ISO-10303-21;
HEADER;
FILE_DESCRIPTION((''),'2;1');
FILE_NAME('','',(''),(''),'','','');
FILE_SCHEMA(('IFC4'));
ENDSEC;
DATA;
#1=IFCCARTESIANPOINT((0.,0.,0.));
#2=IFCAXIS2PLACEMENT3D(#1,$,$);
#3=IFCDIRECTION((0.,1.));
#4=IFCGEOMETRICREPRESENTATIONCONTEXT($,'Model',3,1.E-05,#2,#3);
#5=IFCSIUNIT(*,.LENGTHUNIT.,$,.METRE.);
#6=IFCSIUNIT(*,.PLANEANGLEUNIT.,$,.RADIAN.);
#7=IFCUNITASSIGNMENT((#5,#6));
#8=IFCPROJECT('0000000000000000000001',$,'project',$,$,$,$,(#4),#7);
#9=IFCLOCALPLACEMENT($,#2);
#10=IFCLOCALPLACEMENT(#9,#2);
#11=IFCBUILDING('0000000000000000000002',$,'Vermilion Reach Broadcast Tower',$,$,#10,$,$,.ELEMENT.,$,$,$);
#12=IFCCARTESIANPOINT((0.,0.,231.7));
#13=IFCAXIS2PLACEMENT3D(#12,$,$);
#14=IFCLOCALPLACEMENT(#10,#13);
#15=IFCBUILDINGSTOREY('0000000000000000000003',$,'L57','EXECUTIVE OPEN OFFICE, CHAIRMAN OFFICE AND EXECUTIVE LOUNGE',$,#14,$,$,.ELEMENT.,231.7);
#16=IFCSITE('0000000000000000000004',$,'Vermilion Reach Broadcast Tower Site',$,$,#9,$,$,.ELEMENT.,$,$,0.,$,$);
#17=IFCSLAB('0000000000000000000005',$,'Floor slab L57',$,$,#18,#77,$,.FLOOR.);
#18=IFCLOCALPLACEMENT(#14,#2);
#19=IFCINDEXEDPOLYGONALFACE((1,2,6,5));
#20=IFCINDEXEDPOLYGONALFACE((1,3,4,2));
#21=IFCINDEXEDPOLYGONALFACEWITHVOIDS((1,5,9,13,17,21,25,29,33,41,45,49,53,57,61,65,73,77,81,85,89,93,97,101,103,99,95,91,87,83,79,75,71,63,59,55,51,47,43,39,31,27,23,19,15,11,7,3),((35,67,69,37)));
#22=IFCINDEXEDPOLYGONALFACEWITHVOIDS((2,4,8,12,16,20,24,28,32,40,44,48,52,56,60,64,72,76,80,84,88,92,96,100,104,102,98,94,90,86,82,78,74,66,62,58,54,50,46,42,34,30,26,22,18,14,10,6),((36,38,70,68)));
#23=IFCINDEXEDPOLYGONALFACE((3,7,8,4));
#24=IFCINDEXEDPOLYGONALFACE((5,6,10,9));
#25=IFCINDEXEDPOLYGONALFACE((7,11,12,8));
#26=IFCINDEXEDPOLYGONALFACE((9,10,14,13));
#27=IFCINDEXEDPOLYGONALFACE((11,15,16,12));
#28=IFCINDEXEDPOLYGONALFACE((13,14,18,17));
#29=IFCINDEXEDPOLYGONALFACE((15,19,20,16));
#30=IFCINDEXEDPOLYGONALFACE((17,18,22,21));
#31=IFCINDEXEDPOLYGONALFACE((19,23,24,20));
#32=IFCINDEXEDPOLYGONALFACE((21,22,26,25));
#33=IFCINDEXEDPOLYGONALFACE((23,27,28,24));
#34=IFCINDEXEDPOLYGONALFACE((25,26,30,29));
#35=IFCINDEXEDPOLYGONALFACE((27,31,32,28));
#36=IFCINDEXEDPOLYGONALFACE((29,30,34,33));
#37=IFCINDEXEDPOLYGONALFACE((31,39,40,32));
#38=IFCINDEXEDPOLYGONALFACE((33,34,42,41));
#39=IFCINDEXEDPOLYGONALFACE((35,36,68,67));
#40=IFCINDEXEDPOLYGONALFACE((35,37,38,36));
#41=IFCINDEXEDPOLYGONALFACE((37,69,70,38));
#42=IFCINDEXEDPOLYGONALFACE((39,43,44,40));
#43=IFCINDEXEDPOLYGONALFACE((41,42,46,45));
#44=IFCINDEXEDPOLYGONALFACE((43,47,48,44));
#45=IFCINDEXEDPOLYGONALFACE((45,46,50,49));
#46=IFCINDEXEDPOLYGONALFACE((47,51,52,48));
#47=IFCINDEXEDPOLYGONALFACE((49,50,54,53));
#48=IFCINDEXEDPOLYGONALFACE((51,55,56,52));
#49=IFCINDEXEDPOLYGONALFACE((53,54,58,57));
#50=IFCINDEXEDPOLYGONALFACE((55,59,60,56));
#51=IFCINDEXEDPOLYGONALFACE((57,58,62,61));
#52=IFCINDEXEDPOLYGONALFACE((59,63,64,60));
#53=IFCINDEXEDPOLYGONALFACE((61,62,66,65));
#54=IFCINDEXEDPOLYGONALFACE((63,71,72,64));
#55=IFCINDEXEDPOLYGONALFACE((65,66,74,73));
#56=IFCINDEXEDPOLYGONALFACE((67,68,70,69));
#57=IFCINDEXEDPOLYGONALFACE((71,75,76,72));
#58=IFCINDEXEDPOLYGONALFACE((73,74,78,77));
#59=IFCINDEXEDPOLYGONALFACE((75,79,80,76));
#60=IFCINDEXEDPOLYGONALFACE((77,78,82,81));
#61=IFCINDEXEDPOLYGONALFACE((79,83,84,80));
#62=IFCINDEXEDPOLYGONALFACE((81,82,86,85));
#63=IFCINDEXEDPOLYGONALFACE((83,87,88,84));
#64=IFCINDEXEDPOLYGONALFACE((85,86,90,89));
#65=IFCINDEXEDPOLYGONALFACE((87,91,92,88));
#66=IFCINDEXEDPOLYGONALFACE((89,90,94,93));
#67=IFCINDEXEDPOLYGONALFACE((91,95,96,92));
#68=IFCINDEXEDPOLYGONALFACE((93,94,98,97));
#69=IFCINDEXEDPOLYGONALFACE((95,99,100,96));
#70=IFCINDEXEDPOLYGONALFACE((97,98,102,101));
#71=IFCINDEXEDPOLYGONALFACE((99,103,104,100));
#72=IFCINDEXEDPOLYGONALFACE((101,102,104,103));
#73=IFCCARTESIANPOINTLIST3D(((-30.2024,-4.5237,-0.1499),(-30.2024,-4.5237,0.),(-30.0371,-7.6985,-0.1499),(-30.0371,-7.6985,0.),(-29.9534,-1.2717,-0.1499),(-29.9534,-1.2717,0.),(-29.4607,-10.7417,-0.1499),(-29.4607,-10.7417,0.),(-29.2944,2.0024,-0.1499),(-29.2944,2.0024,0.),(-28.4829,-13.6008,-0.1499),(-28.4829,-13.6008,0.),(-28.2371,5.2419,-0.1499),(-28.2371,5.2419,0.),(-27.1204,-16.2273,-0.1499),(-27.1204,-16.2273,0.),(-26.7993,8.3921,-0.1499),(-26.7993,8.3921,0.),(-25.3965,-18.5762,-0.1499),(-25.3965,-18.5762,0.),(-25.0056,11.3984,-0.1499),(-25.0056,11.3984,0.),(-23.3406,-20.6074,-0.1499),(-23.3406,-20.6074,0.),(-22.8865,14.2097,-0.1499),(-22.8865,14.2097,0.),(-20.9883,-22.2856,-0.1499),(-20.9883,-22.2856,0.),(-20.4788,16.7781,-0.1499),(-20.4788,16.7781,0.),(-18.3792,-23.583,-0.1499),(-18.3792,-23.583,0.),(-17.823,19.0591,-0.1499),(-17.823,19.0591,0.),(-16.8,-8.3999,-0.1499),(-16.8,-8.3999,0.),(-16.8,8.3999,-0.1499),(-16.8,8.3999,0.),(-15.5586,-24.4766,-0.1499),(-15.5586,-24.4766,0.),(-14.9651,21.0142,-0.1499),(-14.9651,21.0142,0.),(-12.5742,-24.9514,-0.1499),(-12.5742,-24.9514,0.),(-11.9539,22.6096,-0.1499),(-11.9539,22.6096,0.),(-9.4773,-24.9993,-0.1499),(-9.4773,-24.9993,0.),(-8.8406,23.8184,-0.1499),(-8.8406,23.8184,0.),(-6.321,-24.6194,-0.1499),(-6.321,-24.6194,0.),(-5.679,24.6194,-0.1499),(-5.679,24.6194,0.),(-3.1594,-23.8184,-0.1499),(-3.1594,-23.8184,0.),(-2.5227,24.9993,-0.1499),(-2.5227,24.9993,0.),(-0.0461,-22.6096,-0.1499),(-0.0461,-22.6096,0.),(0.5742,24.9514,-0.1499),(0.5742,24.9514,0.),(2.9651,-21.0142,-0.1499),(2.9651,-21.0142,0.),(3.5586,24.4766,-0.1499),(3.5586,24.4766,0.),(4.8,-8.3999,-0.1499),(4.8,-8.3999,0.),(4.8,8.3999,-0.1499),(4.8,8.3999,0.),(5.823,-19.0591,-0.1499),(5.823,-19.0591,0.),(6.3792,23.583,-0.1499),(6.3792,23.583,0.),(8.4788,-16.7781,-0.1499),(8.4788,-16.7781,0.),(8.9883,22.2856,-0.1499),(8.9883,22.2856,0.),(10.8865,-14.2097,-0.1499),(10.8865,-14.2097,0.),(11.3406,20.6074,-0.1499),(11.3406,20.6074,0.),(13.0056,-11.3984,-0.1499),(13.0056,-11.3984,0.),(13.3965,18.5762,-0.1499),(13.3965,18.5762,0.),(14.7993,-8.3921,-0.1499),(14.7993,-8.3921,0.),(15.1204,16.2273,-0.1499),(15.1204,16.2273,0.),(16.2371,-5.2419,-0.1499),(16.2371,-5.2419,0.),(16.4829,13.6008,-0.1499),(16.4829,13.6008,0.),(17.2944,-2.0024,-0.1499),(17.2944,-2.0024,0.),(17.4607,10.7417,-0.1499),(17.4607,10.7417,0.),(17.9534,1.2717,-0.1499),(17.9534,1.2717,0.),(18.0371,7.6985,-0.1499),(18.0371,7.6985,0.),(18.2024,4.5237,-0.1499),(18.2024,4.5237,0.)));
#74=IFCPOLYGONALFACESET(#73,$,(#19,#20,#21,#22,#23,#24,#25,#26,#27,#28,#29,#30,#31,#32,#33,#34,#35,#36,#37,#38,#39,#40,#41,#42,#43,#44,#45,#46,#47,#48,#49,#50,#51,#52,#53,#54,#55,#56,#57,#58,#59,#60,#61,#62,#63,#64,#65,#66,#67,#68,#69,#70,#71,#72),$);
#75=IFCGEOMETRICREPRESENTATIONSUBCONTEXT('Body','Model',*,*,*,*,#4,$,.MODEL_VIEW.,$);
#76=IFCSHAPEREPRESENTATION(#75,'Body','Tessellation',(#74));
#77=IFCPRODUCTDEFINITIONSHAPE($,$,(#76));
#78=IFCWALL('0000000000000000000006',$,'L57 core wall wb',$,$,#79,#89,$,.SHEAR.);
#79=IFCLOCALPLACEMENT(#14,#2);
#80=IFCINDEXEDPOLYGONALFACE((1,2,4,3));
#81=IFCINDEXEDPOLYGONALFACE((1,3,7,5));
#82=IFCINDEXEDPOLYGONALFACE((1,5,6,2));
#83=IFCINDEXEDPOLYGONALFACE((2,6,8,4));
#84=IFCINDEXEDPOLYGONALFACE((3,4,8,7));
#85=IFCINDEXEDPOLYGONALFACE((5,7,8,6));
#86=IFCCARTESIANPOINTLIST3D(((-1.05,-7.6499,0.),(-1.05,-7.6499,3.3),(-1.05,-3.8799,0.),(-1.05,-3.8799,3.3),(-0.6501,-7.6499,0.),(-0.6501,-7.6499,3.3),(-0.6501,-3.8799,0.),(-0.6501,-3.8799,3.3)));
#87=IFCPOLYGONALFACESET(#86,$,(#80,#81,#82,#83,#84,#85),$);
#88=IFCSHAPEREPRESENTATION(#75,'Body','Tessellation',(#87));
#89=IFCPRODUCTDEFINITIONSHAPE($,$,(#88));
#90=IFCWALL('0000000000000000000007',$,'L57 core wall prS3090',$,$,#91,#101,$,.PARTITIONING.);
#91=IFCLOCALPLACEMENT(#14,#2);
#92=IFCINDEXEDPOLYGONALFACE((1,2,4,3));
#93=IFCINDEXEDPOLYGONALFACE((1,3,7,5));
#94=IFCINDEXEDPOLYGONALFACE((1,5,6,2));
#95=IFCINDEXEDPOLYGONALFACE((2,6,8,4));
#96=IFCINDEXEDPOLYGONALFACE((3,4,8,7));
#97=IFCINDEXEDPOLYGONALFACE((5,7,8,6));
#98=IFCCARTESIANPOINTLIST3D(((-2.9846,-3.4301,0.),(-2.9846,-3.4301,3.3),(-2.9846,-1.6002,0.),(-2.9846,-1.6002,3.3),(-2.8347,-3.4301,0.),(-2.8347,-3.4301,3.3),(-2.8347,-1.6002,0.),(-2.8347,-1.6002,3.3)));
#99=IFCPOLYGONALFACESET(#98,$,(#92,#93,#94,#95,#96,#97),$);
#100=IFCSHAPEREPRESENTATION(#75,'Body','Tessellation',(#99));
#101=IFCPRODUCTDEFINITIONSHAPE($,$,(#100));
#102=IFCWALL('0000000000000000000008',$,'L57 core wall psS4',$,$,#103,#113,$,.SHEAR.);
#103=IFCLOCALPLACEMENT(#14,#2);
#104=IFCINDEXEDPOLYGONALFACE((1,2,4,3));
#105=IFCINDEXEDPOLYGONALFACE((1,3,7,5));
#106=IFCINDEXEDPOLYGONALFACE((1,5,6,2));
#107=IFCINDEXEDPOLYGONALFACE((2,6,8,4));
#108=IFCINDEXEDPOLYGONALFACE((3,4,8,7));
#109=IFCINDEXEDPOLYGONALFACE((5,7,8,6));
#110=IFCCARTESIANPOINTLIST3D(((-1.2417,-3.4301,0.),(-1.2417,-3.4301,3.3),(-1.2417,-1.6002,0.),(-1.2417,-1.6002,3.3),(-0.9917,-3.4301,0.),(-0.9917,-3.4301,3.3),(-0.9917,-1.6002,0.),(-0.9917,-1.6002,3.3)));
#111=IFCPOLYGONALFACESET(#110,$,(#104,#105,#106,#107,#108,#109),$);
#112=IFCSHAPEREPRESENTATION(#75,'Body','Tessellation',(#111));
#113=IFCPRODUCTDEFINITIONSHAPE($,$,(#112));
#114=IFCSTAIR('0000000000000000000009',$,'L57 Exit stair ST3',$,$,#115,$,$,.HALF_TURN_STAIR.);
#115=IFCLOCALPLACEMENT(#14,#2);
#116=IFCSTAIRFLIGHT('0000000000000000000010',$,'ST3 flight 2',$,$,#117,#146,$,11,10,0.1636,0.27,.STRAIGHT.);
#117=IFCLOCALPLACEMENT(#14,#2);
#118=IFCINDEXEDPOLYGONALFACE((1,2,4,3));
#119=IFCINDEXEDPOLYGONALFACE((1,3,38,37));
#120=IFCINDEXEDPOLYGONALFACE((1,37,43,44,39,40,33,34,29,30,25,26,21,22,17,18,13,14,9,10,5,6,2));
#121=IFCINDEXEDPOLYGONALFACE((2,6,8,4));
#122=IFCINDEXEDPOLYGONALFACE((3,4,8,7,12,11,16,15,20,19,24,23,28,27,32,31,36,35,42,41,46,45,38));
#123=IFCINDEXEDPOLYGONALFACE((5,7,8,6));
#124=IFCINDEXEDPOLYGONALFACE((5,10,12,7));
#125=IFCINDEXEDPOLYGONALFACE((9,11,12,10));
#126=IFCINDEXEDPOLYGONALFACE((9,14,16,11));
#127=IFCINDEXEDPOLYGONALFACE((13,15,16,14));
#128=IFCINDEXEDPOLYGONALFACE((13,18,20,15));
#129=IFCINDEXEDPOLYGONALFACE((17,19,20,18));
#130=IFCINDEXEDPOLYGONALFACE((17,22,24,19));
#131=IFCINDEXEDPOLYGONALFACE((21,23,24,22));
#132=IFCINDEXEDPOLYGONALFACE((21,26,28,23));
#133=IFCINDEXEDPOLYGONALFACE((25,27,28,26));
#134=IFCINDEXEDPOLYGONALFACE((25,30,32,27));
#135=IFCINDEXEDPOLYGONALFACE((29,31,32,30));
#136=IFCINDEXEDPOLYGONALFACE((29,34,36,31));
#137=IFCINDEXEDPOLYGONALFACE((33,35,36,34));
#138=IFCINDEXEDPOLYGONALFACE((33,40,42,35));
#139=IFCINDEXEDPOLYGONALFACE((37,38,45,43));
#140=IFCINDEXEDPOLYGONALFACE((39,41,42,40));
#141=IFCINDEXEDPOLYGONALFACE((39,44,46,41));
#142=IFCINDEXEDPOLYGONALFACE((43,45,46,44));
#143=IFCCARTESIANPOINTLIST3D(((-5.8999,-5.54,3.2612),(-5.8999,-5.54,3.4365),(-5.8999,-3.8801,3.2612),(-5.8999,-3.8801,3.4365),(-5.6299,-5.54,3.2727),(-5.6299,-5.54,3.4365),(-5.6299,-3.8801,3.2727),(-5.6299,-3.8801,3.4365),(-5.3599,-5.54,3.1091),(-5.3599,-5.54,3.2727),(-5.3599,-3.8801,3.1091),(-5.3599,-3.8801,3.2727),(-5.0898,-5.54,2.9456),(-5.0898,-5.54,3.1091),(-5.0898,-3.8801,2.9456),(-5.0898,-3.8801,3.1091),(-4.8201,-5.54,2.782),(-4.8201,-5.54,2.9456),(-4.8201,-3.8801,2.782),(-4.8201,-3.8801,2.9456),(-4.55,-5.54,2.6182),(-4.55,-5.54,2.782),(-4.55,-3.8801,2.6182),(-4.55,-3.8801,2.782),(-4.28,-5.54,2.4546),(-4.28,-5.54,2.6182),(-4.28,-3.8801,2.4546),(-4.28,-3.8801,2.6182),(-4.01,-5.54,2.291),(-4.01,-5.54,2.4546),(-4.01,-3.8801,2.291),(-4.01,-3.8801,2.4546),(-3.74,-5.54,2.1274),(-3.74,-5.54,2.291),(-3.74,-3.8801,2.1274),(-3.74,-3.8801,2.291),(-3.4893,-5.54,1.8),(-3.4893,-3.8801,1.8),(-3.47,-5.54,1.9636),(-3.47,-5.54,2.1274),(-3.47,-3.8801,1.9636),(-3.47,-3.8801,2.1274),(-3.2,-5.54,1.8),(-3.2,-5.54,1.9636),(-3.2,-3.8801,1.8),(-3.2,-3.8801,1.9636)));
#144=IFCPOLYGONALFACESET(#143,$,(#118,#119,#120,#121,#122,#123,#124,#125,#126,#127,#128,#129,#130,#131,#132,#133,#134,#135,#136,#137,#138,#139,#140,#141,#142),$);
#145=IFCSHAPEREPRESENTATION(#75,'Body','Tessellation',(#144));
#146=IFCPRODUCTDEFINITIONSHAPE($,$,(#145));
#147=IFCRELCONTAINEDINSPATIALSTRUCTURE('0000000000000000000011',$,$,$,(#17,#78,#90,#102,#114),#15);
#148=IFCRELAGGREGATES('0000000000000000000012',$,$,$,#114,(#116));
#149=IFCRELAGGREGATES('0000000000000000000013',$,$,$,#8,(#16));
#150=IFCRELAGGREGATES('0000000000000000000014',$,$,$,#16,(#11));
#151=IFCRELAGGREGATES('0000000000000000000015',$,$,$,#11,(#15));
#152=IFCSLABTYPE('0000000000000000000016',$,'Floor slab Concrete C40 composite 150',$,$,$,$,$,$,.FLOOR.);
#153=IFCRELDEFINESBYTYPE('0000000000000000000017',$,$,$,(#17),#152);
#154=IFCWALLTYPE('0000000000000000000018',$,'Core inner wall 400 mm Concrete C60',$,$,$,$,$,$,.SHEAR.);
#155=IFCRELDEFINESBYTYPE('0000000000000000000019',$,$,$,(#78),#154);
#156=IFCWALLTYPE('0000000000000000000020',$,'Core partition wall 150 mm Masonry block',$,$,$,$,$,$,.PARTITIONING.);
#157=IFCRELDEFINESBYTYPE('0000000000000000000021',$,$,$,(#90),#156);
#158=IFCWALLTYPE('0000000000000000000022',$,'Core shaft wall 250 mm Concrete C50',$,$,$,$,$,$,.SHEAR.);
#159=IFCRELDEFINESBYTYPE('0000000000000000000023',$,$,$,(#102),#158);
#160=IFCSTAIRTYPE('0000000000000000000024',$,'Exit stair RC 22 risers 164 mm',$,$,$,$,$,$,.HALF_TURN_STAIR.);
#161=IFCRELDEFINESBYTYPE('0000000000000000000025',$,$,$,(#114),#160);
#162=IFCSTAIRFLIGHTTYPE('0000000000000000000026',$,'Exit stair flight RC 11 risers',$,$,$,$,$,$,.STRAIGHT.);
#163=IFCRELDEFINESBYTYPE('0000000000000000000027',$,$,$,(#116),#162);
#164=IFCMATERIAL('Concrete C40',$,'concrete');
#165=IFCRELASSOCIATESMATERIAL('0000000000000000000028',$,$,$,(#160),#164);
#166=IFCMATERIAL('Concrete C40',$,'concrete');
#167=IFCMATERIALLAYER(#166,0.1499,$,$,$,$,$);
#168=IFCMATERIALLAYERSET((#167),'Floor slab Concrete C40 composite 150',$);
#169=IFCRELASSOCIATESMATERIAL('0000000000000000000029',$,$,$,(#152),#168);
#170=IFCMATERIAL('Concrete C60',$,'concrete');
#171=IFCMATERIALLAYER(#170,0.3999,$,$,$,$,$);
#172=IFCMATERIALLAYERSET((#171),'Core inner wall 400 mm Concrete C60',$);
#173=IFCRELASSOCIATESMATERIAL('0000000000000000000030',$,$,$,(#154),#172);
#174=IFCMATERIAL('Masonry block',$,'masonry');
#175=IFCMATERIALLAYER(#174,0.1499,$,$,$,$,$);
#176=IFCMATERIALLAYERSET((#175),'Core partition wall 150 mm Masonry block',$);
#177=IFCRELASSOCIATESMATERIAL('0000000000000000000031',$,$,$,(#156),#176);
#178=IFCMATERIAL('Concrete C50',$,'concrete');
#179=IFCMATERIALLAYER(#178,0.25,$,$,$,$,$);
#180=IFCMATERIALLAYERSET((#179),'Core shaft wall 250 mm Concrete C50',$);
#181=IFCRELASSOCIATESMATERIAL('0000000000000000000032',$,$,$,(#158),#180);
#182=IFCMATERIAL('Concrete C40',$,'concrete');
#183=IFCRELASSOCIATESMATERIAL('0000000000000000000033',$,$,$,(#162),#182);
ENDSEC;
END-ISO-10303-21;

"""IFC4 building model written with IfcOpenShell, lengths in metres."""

from ifc_helpers import new_model, si_unit, direction, frame, frame_2d, origin, place, context, subcontext, project, spatial, polyline, rectangle, outline, extrude, material, layer, layer_set, type_object, element, aggregate, save


model = new_model("IFC4")

# Units and contexts
model_context = context("Model", 3, precision=1e-05, world=origin(), true_north=direction((0.0, 1.0)))
body_context = subcontext(model_context, "Body", "Model", "MODEL_VIEW")
ifc_project = project(units=[si_unit("LENGTHUNIT", "METRE"), si_unit("PLANEANGLEUNIT", "RADIAN")], contexts=[model_context])

# Site, building, storey
site_placement = place(None, origin())
site = spatial("IfcSite", under=ifc_project, at=site_placement, Name="Vermilion Reach Broadcast Tower Site", CompositionType="ELEMENT", RefElevation=0.0)
building_placement = place(site_placement, origin())
building = spatial("IfcBuilding", under=site, at=building_placement, Name="Vermilion Reach Broadcast Tower", CompositionType="ELEMENT")
storey_placement = place(building_placement, frame((0.0, 0.0, 231.7)))
storey = spatial("IfcBuildingStorey", under=building, at=storey_placement, Name="L57", Description="EXECUTIVE OPEN OFFICE, CHAIRMAN OFFICE AND EXECUTIVE LOUNGE", CompositionType="ELEMENT", Elevation=231.7)

# Shared definitions
ifc_material_1 = material(Name="Concrete C40", Category="concrete")
stair_type = type_object("IfcStairType", Name="Exit stair RC 22 risers 164 mm", PredefinedType="HALF_TURN_STAIR", material=ifc_material_1)
placement_1 = place(storey_placement, origin())

# Slab
ifc_material_2 = material(Name="Concrete C40", Category="concrete")
ifc_layer_1 = layer(ifc_material_2, 0.1499)
ifc_layer_set_1 = layer_set([ifc_layer_1], Name="Floor slab Concrete C40 composite 150")
slab_type_1 = type_object("IfcSlabType", Name="Floor slab Concrete C40 composite 150", PredefinedType="FLOOR", material=ifc_layer_set_1)
slab_1_placement = place(storey_placement, frame((0.0, 0.0, -0.1499)))
element("IfcSlab", 1, at=slab_1_placement, inside=storey, type_object=slab_type_1, Name="Floor slab L57", PredefinedType="FLOOR", context=body_context, shape_type="SweptSolid", body=[
    extrude(outline(polyline([(11.3406, 20.6074), (8.9883, 22.2856), (6.3792, 23.583), (3.5586, 24.4766), (0.5742, 24.9514), (-2.5227, 24.9993), (-5.679, 24.6194), (-8.8406, 23.8184), (-11.9539, 22.6096), (-14.9651, 21.0142), (-17.823, 19.0591), (-20.4788, 16.7781), (-22.8865, 14.2097), (-25.0056, 11.3984), (-26.7993, 8.3921), (-28.2371, 5.2419), (-29.2944, 2.0024), (-29.9534, -1.2717), (-30.2024, -4.5237), (-30.0371, -7.6985), (-29.4607, -10.7417), (-28.4829, -13.6008), (-27.1204, -16.2273), (-25.3965, -18.5762), (-23.3406, -20.6074), (-20.9883, -22.2856), (-18.3792, -23.583), (-15.5586, -24.4766), (-12.5742, -24.9514), (-9.4773, -24.9993), (-6.321, -24.6194), (-3.1594, -23.8184), (-0.0461, -22.6096), (2.9651, -21.0142), (5.823, -19.0591), (8.4788, -16.7781), (10.8865, -14.2097), (13.0056, -11.3984), (14.7993, -8.3921), (16.2371, -5.2419), (17.2944, -2.0024), (17.9534, 1.2717), (18.2024, 4.5237), (18.0371, 7.6985), (17.4607, 10.7417), (16.4829, 13.6008), (15.1204, 16.2273), (13.3965, 18.5762), (11.3406, 20.6074)]), holes=[polyline([(-16.8, -8.3999), (4.8, -8.3999), (4.8, 8.3999), (-16.8, 8.3999), (-16.8, -8.3999)])]), origin(), (0.0, 0.0, 1.0), 0.1499),
])

# Walls
ifc_material_3 = material(Name="Concrete C60", Category="concrete")
ifc_layer_2 = layer(ifc_material_3, 0.3999)
ifc_layer_set_2 = layer_set([ifc_layer_2], Name="Core inner wall 400 mm Concrete C60")
wall_type_1 = type_object("IfcWallType", Name="Core inner wall 400 mm Concrete C60", PredefinedType="SHEAR", material=ifc_layer_set_2)
wall_1_placement = place(storey_placement, frame((-0.8501, -3.8799, 0.0), z_axis=(0.0, 0.0, 1.0), x_axis=(0.0, -1.0, 0.0)))
element("IfcWall", 2, at=wall_1_placement, inside=storey, type_object=wall_type_1, Name="L57 core wall wb", PredefinedType="SHEAR", context=body_context, shape_type="SweptSolid", body=[
    extrude(rectangle(XDim=3.77, YDim=0.3999, at=frame_2d((1.885, 0.0))), origin(), (0.0, 0.0, 1.0), 3.3),
])
ifc_material_4 = material(Name="Masonry block", Category="masonry")
ifc_layer_3 = layer(ifc_material_4, 0.1499)
ifc_layer_set_3 = layer_set([ifc_layer_3], Name="Core partition wall 150 mm Masonry block")
wall_type_2 = type_object("IfcWallType", Name="Core partition wall 150 mm Masonry block", PredefinedType="PARTITIONING", material=ifc_layer_set_3)
wall_2_placement = place(storey_placement, frame((-2.9097, -1.6001, 0.0), z_axis=(0.0, 0.0, 1.0), x_axis=(0.0, -1.0, 0.0)))
element("IfcWall", 3, at=wall_2_placement, inside=storey, type_object=wall_type_2, Name="L57 core wall prS3090", PredefinedType="PARTITIONING", context=body_context, shape_type="SweptSolid", body=[
    extrude(rectangle(XDim=1.8298, YDim=0.1499, at=frame_2d((0.915, 0.0))), origin(), (0.0, 0.0, 1.0), 3.3),
])
ifc_material_5 = material(Name="Concrete C50", Category="concrete")
ifc_layer_4 = layer(ifc_material_5, 0.25)
ifc_layer_set_4 = layer_set([ifc_layer_4], Name="Core shaft wall 250 mm Concrete C50")
wall_type_3 = type_object("IfcWallType", Name="Core shaft wall 250 mm Concrete C50", PredefinedType="SHEAR", material=ifc_layer_set_4)
wall_3_placement = place(storey_placement, frame((-1.1167, -1.6001, 0.0), z_axis=(0.0, 0.0, 1.0), x_axis=(0.0, -1.0, 0.0)))
element("IfcWall", 4, at=wall_3_placement, inside=storey, type_object=wall_type_3, Name="L57 core wall psS4", PredefinedType="SHEAR", context=body_context, shape_type="SweptSolid", body=[
    extrude(rectangle(XDim=1.8298, YDim=0.25, at=frame_2d((0.915, 0.0))), origin(), (0.0, 0.0, 1.0), 3.3),
])

# Stair, stair flight
stair_1 = element("IfcStair", 5, at=placement_1, inside=storey, type_object=stair_type, Name="L57 Exit stair ST3", PredefinedType="HALF_TURN_STAIR")
ifc_material_6 = material(Name="Concrete C40", Category="concrete")
stair_flight_type = type_object("IfcStairFlightType", Name="Exit stair flight RC 11 risers", PredefinedType="STRAIGHT", material=ifc_material_6)
stair_flight_placement = place(storey_placement, frame((-3.2, -4.71, 1.8), z_axis=(0.0, 0.0, 1.0), x_axis=(-1.0, 0.0, 0.0)))
stair_flight = element("IfcStairFlight", 6, at=stair_flight_placement, type_object=stair_flight_type, Name="ST3 flight 2", NumberOfRisers=11, NumberOfTreads=10, PredefinedType="STRAIGHT", RiserHeight=0.1636, TreadLength=0.27, context=body_context, shape_type="SweptSolid", body=[
    extrude(outline(polyline([(0.0, 0.0), (0.0, 0.1636), (0.27, 0.1636), (0.27, 0.3274), (0.54, 0.3274), (0.54, 0.491), (0.8101, 0.491), (0.8101, 0.6545), (1.0801, 0.6545), (1.0801, 0.8181), (1.3501, 0.8181), (1.3501, 0.9819), (1.6201, 0.9819), (1.6201, 1.1455), (1.8899, 1.1455), (1.8899, 1.3091), (2.1599, 1.3091), (2.1599, 1.4727), (2.4299, 1.4727), (2.4299, 1.6365), (2.7, 1.6365), (2.7, 1.8), (2.7, 1.4612), (0.2893, 0.0), (0.0, 0.0)])), frame((0.0, 0.8301, 0.0), z_axis=(0.0, -1.0, 0.0), x_axis=(1.0, 0.0, 0.0)), (0.0, 0.0, 1.0), 1.6599),
])
aggregate(stair_1, [stair_flight])

save(model, "model.ifc")
